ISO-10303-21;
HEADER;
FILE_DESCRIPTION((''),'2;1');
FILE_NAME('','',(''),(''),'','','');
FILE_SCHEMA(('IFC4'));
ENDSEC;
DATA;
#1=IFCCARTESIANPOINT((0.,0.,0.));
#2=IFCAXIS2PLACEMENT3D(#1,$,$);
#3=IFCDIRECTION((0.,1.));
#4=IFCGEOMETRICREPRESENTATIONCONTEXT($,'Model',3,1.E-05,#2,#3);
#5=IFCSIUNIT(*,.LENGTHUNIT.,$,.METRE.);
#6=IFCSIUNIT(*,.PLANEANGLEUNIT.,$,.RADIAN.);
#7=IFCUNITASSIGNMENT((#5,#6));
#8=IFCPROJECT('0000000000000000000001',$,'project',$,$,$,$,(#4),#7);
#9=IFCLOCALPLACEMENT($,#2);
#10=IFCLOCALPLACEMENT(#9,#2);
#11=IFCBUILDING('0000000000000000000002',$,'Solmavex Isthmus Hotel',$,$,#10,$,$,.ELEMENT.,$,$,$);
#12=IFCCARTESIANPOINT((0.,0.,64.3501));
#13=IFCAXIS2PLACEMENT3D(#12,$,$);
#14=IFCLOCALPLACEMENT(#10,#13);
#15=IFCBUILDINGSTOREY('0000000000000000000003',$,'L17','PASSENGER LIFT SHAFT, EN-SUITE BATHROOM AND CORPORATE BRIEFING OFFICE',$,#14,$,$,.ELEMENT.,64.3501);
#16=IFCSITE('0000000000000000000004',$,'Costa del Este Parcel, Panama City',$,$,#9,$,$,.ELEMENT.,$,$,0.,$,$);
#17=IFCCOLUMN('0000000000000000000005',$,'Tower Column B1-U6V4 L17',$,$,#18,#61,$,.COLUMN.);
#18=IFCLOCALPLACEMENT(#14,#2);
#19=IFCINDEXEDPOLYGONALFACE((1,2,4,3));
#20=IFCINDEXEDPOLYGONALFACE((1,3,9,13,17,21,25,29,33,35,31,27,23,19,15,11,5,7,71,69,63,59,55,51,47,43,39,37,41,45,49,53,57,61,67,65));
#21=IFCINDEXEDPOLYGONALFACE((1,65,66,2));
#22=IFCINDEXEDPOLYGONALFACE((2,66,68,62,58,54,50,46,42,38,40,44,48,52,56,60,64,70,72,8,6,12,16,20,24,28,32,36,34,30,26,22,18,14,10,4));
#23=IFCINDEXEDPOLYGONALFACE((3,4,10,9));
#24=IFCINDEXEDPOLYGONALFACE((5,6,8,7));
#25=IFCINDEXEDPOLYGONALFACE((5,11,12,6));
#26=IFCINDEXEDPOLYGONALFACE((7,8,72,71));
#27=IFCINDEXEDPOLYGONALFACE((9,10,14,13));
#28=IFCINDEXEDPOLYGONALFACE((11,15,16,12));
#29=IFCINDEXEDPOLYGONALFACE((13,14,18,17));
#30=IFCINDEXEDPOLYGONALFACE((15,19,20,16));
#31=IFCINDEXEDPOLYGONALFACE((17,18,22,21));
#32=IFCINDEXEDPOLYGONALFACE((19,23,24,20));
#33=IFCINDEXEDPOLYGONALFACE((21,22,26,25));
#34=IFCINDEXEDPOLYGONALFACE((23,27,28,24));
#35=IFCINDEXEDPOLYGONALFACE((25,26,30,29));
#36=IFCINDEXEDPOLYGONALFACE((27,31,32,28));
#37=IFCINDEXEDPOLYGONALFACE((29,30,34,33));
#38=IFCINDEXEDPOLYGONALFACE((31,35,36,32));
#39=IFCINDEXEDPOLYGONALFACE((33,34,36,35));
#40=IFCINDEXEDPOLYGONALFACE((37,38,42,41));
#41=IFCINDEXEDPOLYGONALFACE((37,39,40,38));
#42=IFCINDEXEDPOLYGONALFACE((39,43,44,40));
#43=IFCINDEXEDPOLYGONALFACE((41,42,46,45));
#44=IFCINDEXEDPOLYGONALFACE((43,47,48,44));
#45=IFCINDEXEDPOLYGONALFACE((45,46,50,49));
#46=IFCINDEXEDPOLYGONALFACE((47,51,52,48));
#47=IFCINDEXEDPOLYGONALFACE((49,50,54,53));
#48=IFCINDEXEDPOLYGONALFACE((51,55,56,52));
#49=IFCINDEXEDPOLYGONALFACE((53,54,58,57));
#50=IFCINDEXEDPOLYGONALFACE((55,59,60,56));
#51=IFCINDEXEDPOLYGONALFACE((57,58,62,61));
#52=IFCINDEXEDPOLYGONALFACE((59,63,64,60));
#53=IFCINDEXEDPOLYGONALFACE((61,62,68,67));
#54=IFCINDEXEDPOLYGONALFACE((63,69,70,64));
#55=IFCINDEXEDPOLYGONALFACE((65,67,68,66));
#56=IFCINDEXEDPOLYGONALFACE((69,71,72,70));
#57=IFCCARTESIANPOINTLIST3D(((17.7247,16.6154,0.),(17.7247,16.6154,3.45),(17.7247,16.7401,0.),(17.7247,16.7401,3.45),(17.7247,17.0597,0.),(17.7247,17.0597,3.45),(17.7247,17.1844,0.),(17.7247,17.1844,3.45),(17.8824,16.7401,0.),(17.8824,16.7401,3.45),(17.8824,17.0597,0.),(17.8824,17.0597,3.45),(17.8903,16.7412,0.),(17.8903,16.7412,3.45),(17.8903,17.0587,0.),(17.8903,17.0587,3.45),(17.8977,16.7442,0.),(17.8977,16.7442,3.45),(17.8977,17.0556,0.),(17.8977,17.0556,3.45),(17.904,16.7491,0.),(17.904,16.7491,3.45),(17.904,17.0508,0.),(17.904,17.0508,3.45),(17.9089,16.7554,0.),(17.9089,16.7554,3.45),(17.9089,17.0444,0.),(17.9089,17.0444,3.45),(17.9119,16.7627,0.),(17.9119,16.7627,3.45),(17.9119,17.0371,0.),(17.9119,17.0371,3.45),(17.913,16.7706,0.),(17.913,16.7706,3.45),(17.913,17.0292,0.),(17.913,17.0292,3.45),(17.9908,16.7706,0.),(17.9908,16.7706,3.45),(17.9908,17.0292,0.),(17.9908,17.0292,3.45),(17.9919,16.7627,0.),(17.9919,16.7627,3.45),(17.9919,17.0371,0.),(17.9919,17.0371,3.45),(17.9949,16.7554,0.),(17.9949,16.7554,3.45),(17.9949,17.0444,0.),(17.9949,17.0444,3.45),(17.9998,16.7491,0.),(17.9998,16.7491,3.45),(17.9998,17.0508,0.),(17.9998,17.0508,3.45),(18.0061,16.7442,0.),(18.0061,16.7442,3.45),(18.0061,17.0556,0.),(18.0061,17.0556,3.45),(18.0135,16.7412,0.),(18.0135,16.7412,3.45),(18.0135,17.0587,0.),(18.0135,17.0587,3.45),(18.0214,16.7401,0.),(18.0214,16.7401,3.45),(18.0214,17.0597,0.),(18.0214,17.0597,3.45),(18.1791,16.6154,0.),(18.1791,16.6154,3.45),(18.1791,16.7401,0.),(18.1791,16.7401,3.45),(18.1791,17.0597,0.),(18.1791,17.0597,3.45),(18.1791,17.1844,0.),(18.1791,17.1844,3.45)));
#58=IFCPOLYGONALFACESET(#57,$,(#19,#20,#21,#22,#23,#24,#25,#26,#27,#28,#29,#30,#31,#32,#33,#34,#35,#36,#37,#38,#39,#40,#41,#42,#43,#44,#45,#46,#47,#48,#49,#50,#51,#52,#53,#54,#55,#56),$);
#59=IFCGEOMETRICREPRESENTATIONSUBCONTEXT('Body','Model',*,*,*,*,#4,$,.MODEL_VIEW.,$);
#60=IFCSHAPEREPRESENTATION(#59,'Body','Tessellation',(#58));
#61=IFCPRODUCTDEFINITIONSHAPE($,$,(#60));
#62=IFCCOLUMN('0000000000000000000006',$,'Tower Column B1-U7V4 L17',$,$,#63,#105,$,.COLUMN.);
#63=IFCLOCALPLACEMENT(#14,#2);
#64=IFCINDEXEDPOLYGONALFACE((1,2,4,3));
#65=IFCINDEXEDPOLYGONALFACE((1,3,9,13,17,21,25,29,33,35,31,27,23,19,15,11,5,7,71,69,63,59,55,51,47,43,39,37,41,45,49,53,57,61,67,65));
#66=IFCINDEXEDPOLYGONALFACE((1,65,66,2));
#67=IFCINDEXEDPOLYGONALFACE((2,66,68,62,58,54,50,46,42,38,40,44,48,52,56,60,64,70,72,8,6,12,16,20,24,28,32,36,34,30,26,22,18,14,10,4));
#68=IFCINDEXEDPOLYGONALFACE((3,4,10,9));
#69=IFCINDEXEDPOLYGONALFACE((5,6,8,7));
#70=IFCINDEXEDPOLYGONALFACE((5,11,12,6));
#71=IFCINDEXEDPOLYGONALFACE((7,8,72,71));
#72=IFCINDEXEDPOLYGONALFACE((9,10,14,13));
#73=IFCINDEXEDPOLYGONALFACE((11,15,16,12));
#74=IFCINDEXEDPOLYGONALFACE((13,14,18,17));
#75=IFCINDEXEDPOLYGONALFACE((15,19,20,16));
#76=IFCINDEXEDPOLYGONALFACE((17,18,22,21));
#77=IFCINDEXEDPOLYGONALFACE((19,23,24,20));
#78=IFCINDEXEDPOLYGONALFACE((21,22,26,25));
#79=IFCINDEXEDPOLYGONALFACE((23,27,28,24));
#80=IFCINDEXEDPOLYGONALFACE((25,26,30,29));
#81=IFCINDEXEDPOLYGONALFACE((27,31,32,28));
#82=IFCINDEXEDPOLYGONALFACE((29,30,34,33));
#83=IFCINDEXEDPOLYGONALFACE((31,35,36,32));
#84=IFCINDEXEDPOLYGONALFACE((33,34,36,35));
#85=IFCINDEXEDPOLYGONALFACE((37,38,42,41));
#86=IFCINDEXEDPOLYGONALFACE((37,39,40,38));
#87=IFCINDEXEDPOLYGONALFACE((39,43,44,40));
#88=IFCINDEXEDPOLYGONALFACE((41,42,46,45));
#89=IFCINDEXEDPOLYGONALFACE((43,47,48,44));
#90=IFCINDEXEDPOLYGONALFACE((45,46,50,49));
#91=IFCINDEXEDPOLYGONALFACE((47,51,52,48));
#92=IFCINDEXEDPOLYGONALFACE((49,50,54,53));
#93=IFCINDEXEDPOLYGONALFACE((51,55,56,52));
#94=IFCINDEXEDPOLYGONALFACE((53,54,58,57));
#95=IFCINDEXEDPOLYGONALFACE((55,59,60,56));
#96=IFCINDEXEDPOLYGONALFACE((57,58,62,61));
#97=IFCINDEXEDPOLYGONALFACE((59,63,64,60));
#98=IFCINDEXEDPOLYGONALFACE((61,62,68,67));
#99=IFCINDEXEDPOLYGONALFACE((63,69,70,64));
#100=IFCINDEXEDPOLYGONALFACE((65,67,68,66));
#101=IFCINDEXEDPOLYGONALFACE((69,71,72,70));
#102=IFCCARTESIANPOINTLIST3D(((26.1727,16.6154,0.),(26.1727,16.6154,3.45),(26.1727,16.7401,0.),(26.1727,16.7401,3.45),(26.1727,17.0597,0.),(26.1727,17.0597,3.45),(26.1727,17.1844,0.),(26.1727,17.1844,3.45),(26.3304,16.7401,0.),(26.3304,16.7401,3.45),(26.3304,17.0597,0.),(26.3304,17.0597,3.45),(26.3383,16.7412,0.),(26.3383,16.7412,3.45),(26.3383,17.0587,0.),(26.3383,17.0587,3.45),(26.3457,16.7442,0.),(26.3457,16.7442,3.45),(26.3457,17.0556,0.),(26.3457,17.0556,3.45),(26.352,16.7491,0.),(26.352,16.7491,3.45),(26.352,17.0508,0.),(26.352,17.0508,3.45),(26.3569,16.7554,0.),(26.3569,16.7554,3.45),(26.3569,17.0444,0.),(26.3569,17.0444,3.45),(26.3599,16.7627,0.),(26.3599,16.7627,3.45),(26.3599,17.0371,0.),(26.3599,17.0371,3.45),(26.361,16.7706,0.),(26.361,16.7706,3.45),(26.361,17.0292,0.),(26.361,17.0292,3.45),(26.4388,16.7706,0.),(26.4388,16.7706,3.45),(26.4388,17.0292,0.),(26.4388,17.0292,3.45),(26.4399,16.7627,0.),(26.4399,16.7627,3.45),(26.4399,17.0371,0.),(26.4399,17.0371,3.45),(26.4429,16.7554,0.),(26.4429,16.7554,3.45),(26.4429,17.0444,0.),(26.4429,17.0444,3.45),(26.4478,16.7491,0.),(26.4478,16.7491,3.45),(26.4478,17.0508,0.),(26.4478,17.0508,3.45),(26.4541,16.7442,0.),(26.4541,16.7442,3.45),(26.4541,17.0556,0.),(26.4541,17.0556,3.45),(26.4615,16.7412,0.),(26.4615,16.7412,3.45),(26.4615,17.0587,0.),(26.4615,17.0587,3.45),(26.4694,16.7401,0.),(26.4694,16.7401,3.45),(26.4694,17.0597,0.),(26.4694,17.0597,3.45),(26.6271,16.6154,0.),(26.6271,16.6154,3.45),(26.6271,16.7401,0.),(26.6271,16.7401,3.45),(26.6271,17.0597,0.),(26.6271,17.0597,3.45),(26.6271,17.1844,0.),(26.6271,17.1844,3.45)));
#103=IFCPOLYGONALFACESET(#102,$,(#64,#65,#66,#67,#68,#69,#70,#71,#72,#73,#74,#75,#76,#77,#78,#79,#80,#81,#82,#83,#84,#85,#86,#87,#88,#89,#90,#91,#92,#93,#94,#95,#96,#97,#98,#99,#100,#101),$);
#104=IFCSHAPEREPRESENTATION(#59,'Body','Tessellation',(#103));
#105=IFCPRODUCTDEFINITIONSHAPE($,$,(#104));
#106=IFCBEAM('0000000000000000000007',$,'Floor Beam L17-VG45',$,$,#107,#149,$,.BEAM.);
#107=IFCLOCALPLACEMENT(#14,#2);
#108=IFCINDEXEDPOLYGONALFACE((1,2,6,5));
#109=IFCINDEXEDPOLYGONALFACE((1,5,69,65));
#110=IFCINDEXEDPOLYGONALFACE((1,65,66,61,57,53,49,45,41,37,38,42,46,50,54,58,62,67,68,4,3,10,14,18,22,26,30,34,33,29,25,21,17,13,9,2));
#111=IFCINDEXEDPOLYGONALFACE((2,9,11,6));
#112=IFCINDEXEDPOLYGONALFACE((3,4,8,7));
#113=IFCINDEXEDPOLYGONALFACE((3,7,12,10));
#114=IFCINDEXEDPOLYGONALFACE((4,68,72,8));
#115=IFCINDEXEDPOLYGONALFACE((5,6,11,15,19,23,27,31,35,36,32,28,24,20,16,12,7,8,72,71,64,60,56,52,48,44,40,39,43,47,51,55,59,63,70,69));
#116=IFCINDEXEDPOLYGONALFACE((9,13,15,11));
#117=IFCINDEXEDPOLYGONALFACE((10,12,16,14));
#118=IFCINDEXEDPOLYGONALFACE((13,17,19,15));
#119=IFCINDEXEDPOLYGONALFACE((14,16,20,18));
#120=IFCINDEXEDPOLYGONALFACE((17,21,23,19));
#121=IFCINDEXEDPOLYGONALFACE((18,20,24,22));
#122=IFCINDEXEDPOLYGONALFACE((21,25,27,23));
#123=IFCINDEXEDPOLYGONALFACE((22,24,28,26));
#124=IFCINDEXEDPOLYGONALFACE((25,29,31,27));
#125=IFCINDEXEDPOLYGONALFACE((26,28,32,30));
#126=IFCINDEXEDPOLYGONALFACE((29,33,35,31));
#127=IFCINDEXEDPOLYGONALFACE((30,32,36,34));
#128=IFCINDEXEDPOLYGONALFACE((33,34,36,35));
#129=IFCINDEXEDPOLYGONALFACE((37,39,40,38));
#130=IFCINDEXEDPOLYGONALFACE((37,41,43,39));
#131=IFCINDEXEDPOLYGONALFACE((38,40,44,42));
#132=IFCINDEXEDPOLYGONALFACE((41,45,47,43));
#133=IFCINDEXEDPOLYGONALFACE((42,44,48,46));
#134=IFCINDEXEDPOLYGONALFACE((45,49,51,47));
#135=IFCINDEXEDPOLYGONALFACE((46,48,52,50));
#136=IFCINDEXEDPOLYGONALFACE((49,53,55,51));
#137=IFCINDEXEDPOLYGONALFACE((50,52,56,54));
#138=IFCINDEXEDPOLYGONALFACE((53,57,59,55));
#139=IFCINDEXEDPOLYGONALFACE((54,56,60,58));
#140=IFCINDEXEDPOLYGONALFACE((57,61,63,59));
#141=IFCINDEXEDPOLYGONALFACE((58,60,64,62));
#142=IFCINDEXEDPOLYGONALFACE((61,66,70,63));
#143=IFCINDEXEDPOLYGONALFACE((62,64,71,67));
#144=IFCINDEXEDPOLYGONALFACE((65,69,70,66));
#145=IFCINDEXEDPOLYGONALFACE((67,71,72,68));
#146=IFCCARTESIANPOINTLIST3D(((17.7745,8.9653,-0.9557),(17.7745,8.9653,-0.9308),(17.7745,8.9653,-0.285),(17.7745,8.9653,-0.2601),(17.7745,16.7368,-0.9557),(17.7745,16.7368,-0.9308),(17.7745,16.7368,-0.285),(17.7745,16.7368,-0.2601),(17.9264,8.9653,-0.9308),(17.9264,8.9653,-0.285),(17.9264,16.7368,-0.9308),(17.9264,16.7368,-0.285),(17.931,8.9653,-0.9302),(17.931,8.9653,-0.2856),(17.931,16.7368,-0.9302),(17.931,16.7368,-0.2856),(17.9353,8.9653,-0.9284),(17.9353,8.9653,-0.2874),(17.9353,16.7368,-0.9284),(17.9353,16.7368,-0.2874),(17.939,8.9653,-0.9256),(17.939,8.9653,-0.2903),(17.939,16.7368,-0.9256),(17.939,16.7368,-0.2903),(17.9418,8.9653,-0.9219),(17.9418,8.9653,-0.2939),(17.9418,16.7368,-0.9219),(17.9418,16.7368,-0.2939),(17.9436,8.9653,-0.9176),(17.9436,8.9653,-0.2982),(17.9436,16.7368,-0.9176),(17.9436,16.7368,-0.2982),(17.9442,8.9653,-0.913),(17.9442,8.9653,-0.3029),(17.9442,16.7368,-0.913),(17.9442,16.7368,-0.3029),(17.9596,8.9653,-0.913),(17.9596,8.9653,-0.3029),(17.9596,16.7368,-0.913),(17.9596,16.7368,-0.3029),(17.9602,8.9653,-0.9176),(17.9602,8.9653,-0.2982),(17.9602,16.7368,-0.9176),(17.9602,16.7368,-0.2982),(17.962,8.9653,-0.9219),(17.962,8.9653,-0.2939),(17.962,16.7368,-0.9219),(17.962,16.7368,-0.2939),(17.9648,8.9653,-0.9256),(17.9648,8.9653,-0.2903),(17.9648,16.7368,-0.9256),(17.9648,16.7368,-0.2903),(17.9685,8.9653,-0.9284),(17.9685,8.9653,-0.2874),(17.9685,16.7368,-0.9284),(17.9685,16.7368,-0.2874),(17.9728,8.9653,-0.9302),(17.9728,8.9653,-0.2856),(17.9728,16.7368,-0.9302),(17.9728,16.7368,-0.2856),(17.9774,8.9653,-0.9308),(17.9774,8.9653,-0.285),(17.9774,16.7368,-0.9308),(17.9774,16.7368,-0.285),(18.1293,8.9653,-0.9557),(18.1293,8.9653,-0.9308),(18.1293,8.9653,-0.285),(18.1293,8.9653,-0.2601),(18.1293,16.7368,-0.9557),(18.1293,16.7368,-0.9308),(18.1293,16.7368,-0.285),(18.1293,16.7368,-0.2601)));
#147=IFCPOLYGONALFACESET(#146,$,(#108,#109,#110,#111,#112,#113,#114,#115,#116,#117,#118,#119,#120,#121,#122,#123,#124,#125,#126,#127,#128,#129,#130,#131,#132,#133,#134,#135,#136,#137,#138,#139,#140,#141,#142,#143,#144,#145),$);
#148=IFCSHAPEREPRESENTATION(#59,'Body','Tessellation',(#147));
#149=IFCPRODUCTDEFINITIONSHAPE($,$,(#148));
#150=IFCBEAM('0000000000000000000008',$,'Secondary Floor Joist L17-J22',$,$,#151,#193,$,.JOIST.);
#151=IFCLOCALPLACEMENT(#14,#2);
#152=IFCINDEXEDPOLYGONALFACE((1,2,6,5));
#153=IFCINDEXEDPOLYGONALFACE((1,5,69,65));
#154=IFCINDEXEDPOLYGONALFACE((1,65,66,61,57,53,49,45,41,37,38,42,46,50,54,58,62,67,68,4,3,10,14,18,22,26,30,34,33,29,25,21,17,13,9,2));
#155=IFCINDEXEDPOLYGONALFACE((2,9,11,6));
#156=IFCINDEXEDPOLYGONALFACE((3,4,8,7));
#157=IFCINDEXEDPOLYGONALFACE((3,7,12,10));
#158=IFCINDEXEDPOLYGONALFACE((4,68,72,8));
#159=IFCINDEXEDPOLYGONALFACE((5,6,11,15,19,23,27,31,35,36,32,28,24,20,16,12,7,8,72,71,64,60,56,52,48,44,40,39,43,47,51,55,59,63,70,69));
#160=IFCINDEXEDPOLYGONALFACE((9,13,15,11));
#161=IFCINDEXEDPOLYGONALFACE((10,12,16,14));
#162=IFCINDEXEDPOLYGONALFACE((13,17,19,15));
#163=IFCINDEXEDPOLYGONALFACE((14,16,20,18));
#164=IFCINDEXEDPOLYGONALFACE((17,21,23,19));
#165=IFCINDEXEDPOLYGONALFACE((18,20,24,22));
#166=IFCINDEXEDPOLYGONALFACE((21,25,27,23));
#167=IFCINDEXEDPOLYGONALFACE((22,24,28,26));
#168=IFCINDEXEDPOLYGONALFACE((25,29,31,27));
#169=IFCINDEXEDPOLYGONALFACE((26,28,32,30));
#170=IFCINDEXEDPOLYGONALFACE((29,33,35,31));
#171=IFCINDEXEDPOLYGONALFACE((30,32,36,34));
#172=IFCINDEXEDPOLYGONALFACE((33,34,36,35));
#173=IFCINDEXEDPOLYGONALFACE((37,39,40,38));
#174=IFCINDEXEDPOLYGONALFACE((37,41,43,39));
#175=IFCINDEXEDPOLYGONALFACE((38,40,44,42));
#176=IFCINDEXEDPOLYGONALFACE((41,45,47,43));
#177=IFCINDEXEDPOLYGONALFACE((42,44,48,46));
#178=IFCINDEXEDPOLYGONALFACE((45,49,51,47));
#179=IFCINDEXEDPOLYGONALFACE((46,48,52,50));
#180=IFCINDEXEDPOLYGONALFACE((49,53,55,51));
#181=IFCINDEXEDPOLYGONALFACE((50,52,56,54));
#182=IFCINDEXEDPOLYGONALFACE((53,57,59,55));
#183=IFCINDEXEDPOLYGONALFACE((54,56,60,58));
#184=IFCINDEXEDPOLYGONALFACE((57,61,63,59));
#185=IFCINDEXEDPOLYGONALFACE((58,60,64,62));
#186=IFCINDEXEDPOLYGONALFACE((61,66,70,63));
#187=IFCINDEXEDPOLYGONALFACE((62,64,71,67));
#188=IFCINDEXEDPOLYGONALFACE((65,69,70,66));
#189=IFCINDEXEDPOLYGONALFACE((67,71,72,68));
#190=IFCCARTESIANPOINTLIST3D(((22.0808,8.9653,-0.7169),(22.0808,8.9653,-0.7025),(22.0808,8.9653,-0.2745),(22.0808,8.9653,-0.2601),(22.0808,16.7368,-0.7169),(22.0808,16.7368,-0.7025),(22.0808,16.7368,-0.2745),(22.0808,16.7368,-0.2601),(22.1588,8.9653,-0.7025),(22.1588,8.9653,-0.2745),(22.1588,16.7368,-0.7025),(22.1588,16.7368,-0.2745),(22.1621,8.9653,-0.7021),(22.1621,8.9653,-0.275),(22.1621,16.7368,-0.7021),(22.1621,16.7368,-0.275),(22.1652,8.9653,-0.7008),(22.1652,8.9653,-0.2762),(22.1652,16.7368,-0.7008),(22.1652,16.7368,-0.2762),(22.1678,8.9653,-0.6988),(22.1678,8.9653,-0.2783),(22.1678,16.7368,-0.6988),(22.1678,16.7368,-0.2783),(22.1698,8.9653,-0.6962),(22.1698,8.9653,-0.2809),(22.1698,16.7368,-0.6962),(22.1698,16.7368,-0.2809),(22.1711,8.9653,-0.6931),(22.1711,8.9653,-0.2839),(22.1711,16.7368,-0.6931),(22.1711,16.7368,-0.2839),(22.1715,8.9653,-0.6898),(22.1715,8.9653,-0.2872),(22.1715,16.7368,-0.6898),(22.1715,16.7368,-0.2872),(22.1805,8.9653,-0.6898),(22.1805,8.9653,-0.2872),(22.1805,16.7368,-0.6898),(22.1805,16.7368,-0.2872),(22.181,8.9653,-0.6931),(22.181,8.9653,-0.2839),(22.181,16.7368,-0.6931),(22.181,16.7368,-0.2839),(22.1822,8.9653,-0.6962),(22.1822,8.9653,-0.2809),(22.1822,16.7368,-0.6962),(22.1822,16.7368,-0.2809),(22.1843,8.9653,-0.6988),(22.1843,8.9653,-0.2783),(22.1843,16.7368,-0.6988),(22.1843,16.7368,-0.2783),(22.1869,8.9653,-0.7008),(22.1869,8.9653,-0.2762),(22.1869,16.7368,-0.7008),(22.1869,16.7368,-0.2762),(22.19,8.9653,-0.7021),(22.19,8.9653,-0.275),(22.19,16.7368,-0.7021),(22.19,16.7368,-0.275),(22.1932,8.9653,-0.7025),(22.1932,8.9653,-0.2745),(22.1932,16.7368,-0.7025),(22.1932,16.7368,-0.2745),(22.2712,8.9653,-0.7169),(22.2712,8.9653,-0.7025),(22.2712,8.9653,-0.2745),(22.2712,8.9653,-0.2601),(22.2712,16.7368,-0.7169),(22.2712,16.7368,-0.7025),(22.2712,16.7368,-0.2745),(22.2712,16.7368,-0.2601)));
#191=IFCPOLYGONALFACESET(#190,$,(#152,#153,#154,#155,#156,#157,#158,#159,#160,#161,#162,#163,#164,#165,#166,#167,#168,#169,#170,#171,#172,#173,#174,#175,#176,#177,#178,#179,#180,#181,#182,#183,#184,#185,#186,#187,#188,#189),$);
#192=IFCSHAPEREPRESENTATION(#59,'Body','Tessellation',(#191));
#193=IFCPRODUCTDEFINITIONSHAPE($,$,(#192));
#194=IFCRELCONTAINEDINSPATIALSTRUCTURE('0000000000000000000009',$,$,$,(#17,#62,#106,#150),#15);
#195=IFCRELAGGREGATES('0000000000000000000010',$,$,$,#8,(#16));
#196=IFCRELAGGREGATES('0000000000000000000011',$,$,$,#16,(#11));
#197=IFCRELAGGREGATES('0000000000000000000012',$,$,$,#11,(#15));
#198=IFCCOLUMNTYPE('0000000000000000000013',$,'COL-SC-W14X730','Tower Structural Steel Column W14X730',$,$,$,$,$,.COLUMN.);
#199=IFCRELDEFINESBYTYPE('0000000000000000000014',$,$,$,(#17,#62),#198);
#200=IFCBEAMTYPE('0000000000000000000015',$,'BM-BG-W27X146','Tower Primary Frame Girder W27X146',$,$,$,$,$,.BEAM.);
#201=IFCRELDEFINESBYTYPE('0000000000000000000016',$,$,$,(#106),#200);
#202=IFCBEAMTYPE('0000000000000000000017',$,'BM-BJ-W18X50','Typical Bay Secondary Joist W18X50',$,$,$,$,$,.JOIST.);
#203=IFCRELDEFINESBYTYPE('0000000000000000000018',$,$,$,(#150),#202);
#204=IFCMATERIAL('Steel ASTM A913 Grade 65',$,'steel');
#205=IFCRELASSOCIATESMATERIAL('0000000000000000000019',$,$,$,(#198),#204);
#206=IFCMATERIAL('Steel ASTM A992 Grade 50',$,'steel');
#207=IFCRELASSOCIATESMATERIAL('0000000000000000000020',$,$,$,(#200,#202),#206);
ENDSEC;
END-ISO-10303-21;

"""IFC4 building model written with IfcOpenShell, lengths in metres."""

from ifc_helpers import new_model, si_unit, direction, frame, origin, origin_2d, place, context, subcontext, project, spatial, i_section, extrude, material, material_profile, profile_set, type_object, element, save


model = new_model("IFC4")

# Units and contexts
model_context = context("Model", 3, precision=1e-05, world=origin(), true_north=direction((0.0, 1.0)))
body_context = subcontext(model_context, "Body", "Model", "MODEL_VIEW")
ifc_project = project(units=[si_unit("LENGTHUNIT", "METRE"), si_unit("PLANEANGLEUNIT", "RADIAN")], contexts=[model_context])

# Site, building, storey
site_placement = place(None, origin())
site = spatial("IfcSite", under=ifc_project, at=site_placement, Name="Costa del Este Parcel, Panama City", CompositionType="ELEMENT", RefElevation=0.0)
building_placement = place(site_placement, origin())
building = spatial("IfcBuilding", under=site, at=building_placement, Name="Solmavex Isthmus Hotel", CompositionType="ELEMENT")
storey_placement = place(building_placement, frame((0.0, 0.0, 64.3501)))
storey = spatial("IfcBuildingStorey", under=building, at=storey_placement, Name="L17", Description="PASSENGER LIFT SHAFT, EN-SUITE BATHROOM AND CORPORATE BRIEFING OFFICE", CompositionType="ELEMENT", Elevation=64.3501)

# Columns
ifc_material_1 = material(Name="Steel ASTM A913 Grade 65", Category="steel")
ifc_material_profile_1 = material_profile(ifc_material_1, i_section(OverallWidth=0.4543, OverallDepth=0.5691, WebThickness=0.0779, FlangeThickness=0.1248, FilletRadius=0.0305, at=origin_2d()), Name="W14X730")
ifc_profile_set_1 = profile_set([ifc_material_profile_1], Name="Steel ASTM A913 Grade 65")
column_type = type_object("IfcColumnType", Name="COL-SC-W14X730", Description="Tower Structural Steel Column W14X730", PredefinedType="COLUMN", material=ifc_profile_set_1)
for number, where, z_axis, x_axis, name in (
    (1, (17.9519, 16.8999, 0.0), (0.0, 0.0, 1.0), (1.0, 0.0, 0.0), "Tower Column B1-U6V4 L17"),
    (2, (26.3999, 16.8999, 0.0), (0.0, 0.0, 1.0), (1.0, 0.0, 0.0), "Tower Column B1-U7V4 L17"),
):
    element("IfcColumn", number, at=place(storey_placement, frame(where, z_axis=z_axis, x_axis=x_axis)), inside=storey, type_object=column_type, Name=name, PredefinedType="COLUMN", context=body_context, shape_type="SweptSolid", body=[
        extrude(i_section(OverallWidth=0.4543, OverallDepth=0.5691, WebThickness=0.0779, FlangeThickness=0.1248, FilletRadius=0.0305, at=origin_2d()), origin(), (0.0, 0.0, 1.0), 3.45),
    ])

# Beams
ifc_material_2 = material(Name="Steel ASTM A992 Grade 50", Category="steel")
ifc_material_profile_2 = material_profile(ifc_material_2, i_section(OverallWidth=0.3547, OverallDepth=0.6956, WebThickness=0.0154, FlangeThickness=0.0249, FilletRadius=0.0178, at=origin_2d()), Name="W27X146")
ifc_profile_set_2 = profile_set([ifc_material_profile_2], Name="Steel ASTM A992 Grade 50")
beam_type_1 = type_object("IfcBeamType", Name="BM-BG-W27X146", Description="Tower Primary Frame Girder W27X146", PredefinedType="BEAM", material=ifc_profile_set_2)
beam_1_placement = place(storey_placement, frame((17.9519, 8.9653, -0.6079), z_axis=(0.0, 1.0, 0.0), x_axis=(-1.0, 0.0, 0.0)))
element("IfcBeam", 3, at=beam_1_placement, inside=storey, type_object=beam_type_1, Name="Floor Beam L17-VG45", PredefinedType="BEAM", context=body_context, shape_type="SweptSolid", body=[
    extrude(i_section(OverallWidth=0.3547, OverallDepth=0.6956, WebThickness=0.0154, FlangeThickness=0.0249, FilletRadius=0.0178, at=origin_2d()), origin(), (0.0, 0.0, 1.0), 7.7715),
])
ifc_material_profile_3 = material_profile(ifc_material_2, i_section(OverallWidth=0.1904, OverallDepth=0.4568, WebThickness=0.009, FlangeThickness=0.0144, FilletRadius=0.0127, at=origin_2d()), Name="W18X50")
ifc_profile_set_3 = profile_set([ifc_material_profile_3], Name="Steel ASTM A992 Grade 50")
beam_type_2 = type_object("IfcBeamType", Name="BM-BJ-W18X50", Description="Typical Bay Secondary Joist W18X50", PredefinedType="JOIST", material=ifc_profile_set_3)
beam_2_placement = place(storey_placement, frame((22.176, 8.9653, -0.4885), z_axis=(0.0, 1.0, 0.0), x_axis=(-1.0, 0.0, 0.0)))
element("IfcBeam", 4, at=beam_2_placement, inside=storey, type_object=beam_type_2, Name="Secondary Floor Joist L17-J22", PredefinedType="JOIST", context=body_context, shape_type="SweptSolid", body=[
    extrude(i_section(OverallWidth=0.1904, OverallDepth=0.4568, WebThickness=0.009, FlangeThickness=0.0144, FilletRadius=0.0127, at=origin_2d()), origin(), (0.0, 0.0, 1.0), 7.7715),
])

save(model, "model.ifc")
